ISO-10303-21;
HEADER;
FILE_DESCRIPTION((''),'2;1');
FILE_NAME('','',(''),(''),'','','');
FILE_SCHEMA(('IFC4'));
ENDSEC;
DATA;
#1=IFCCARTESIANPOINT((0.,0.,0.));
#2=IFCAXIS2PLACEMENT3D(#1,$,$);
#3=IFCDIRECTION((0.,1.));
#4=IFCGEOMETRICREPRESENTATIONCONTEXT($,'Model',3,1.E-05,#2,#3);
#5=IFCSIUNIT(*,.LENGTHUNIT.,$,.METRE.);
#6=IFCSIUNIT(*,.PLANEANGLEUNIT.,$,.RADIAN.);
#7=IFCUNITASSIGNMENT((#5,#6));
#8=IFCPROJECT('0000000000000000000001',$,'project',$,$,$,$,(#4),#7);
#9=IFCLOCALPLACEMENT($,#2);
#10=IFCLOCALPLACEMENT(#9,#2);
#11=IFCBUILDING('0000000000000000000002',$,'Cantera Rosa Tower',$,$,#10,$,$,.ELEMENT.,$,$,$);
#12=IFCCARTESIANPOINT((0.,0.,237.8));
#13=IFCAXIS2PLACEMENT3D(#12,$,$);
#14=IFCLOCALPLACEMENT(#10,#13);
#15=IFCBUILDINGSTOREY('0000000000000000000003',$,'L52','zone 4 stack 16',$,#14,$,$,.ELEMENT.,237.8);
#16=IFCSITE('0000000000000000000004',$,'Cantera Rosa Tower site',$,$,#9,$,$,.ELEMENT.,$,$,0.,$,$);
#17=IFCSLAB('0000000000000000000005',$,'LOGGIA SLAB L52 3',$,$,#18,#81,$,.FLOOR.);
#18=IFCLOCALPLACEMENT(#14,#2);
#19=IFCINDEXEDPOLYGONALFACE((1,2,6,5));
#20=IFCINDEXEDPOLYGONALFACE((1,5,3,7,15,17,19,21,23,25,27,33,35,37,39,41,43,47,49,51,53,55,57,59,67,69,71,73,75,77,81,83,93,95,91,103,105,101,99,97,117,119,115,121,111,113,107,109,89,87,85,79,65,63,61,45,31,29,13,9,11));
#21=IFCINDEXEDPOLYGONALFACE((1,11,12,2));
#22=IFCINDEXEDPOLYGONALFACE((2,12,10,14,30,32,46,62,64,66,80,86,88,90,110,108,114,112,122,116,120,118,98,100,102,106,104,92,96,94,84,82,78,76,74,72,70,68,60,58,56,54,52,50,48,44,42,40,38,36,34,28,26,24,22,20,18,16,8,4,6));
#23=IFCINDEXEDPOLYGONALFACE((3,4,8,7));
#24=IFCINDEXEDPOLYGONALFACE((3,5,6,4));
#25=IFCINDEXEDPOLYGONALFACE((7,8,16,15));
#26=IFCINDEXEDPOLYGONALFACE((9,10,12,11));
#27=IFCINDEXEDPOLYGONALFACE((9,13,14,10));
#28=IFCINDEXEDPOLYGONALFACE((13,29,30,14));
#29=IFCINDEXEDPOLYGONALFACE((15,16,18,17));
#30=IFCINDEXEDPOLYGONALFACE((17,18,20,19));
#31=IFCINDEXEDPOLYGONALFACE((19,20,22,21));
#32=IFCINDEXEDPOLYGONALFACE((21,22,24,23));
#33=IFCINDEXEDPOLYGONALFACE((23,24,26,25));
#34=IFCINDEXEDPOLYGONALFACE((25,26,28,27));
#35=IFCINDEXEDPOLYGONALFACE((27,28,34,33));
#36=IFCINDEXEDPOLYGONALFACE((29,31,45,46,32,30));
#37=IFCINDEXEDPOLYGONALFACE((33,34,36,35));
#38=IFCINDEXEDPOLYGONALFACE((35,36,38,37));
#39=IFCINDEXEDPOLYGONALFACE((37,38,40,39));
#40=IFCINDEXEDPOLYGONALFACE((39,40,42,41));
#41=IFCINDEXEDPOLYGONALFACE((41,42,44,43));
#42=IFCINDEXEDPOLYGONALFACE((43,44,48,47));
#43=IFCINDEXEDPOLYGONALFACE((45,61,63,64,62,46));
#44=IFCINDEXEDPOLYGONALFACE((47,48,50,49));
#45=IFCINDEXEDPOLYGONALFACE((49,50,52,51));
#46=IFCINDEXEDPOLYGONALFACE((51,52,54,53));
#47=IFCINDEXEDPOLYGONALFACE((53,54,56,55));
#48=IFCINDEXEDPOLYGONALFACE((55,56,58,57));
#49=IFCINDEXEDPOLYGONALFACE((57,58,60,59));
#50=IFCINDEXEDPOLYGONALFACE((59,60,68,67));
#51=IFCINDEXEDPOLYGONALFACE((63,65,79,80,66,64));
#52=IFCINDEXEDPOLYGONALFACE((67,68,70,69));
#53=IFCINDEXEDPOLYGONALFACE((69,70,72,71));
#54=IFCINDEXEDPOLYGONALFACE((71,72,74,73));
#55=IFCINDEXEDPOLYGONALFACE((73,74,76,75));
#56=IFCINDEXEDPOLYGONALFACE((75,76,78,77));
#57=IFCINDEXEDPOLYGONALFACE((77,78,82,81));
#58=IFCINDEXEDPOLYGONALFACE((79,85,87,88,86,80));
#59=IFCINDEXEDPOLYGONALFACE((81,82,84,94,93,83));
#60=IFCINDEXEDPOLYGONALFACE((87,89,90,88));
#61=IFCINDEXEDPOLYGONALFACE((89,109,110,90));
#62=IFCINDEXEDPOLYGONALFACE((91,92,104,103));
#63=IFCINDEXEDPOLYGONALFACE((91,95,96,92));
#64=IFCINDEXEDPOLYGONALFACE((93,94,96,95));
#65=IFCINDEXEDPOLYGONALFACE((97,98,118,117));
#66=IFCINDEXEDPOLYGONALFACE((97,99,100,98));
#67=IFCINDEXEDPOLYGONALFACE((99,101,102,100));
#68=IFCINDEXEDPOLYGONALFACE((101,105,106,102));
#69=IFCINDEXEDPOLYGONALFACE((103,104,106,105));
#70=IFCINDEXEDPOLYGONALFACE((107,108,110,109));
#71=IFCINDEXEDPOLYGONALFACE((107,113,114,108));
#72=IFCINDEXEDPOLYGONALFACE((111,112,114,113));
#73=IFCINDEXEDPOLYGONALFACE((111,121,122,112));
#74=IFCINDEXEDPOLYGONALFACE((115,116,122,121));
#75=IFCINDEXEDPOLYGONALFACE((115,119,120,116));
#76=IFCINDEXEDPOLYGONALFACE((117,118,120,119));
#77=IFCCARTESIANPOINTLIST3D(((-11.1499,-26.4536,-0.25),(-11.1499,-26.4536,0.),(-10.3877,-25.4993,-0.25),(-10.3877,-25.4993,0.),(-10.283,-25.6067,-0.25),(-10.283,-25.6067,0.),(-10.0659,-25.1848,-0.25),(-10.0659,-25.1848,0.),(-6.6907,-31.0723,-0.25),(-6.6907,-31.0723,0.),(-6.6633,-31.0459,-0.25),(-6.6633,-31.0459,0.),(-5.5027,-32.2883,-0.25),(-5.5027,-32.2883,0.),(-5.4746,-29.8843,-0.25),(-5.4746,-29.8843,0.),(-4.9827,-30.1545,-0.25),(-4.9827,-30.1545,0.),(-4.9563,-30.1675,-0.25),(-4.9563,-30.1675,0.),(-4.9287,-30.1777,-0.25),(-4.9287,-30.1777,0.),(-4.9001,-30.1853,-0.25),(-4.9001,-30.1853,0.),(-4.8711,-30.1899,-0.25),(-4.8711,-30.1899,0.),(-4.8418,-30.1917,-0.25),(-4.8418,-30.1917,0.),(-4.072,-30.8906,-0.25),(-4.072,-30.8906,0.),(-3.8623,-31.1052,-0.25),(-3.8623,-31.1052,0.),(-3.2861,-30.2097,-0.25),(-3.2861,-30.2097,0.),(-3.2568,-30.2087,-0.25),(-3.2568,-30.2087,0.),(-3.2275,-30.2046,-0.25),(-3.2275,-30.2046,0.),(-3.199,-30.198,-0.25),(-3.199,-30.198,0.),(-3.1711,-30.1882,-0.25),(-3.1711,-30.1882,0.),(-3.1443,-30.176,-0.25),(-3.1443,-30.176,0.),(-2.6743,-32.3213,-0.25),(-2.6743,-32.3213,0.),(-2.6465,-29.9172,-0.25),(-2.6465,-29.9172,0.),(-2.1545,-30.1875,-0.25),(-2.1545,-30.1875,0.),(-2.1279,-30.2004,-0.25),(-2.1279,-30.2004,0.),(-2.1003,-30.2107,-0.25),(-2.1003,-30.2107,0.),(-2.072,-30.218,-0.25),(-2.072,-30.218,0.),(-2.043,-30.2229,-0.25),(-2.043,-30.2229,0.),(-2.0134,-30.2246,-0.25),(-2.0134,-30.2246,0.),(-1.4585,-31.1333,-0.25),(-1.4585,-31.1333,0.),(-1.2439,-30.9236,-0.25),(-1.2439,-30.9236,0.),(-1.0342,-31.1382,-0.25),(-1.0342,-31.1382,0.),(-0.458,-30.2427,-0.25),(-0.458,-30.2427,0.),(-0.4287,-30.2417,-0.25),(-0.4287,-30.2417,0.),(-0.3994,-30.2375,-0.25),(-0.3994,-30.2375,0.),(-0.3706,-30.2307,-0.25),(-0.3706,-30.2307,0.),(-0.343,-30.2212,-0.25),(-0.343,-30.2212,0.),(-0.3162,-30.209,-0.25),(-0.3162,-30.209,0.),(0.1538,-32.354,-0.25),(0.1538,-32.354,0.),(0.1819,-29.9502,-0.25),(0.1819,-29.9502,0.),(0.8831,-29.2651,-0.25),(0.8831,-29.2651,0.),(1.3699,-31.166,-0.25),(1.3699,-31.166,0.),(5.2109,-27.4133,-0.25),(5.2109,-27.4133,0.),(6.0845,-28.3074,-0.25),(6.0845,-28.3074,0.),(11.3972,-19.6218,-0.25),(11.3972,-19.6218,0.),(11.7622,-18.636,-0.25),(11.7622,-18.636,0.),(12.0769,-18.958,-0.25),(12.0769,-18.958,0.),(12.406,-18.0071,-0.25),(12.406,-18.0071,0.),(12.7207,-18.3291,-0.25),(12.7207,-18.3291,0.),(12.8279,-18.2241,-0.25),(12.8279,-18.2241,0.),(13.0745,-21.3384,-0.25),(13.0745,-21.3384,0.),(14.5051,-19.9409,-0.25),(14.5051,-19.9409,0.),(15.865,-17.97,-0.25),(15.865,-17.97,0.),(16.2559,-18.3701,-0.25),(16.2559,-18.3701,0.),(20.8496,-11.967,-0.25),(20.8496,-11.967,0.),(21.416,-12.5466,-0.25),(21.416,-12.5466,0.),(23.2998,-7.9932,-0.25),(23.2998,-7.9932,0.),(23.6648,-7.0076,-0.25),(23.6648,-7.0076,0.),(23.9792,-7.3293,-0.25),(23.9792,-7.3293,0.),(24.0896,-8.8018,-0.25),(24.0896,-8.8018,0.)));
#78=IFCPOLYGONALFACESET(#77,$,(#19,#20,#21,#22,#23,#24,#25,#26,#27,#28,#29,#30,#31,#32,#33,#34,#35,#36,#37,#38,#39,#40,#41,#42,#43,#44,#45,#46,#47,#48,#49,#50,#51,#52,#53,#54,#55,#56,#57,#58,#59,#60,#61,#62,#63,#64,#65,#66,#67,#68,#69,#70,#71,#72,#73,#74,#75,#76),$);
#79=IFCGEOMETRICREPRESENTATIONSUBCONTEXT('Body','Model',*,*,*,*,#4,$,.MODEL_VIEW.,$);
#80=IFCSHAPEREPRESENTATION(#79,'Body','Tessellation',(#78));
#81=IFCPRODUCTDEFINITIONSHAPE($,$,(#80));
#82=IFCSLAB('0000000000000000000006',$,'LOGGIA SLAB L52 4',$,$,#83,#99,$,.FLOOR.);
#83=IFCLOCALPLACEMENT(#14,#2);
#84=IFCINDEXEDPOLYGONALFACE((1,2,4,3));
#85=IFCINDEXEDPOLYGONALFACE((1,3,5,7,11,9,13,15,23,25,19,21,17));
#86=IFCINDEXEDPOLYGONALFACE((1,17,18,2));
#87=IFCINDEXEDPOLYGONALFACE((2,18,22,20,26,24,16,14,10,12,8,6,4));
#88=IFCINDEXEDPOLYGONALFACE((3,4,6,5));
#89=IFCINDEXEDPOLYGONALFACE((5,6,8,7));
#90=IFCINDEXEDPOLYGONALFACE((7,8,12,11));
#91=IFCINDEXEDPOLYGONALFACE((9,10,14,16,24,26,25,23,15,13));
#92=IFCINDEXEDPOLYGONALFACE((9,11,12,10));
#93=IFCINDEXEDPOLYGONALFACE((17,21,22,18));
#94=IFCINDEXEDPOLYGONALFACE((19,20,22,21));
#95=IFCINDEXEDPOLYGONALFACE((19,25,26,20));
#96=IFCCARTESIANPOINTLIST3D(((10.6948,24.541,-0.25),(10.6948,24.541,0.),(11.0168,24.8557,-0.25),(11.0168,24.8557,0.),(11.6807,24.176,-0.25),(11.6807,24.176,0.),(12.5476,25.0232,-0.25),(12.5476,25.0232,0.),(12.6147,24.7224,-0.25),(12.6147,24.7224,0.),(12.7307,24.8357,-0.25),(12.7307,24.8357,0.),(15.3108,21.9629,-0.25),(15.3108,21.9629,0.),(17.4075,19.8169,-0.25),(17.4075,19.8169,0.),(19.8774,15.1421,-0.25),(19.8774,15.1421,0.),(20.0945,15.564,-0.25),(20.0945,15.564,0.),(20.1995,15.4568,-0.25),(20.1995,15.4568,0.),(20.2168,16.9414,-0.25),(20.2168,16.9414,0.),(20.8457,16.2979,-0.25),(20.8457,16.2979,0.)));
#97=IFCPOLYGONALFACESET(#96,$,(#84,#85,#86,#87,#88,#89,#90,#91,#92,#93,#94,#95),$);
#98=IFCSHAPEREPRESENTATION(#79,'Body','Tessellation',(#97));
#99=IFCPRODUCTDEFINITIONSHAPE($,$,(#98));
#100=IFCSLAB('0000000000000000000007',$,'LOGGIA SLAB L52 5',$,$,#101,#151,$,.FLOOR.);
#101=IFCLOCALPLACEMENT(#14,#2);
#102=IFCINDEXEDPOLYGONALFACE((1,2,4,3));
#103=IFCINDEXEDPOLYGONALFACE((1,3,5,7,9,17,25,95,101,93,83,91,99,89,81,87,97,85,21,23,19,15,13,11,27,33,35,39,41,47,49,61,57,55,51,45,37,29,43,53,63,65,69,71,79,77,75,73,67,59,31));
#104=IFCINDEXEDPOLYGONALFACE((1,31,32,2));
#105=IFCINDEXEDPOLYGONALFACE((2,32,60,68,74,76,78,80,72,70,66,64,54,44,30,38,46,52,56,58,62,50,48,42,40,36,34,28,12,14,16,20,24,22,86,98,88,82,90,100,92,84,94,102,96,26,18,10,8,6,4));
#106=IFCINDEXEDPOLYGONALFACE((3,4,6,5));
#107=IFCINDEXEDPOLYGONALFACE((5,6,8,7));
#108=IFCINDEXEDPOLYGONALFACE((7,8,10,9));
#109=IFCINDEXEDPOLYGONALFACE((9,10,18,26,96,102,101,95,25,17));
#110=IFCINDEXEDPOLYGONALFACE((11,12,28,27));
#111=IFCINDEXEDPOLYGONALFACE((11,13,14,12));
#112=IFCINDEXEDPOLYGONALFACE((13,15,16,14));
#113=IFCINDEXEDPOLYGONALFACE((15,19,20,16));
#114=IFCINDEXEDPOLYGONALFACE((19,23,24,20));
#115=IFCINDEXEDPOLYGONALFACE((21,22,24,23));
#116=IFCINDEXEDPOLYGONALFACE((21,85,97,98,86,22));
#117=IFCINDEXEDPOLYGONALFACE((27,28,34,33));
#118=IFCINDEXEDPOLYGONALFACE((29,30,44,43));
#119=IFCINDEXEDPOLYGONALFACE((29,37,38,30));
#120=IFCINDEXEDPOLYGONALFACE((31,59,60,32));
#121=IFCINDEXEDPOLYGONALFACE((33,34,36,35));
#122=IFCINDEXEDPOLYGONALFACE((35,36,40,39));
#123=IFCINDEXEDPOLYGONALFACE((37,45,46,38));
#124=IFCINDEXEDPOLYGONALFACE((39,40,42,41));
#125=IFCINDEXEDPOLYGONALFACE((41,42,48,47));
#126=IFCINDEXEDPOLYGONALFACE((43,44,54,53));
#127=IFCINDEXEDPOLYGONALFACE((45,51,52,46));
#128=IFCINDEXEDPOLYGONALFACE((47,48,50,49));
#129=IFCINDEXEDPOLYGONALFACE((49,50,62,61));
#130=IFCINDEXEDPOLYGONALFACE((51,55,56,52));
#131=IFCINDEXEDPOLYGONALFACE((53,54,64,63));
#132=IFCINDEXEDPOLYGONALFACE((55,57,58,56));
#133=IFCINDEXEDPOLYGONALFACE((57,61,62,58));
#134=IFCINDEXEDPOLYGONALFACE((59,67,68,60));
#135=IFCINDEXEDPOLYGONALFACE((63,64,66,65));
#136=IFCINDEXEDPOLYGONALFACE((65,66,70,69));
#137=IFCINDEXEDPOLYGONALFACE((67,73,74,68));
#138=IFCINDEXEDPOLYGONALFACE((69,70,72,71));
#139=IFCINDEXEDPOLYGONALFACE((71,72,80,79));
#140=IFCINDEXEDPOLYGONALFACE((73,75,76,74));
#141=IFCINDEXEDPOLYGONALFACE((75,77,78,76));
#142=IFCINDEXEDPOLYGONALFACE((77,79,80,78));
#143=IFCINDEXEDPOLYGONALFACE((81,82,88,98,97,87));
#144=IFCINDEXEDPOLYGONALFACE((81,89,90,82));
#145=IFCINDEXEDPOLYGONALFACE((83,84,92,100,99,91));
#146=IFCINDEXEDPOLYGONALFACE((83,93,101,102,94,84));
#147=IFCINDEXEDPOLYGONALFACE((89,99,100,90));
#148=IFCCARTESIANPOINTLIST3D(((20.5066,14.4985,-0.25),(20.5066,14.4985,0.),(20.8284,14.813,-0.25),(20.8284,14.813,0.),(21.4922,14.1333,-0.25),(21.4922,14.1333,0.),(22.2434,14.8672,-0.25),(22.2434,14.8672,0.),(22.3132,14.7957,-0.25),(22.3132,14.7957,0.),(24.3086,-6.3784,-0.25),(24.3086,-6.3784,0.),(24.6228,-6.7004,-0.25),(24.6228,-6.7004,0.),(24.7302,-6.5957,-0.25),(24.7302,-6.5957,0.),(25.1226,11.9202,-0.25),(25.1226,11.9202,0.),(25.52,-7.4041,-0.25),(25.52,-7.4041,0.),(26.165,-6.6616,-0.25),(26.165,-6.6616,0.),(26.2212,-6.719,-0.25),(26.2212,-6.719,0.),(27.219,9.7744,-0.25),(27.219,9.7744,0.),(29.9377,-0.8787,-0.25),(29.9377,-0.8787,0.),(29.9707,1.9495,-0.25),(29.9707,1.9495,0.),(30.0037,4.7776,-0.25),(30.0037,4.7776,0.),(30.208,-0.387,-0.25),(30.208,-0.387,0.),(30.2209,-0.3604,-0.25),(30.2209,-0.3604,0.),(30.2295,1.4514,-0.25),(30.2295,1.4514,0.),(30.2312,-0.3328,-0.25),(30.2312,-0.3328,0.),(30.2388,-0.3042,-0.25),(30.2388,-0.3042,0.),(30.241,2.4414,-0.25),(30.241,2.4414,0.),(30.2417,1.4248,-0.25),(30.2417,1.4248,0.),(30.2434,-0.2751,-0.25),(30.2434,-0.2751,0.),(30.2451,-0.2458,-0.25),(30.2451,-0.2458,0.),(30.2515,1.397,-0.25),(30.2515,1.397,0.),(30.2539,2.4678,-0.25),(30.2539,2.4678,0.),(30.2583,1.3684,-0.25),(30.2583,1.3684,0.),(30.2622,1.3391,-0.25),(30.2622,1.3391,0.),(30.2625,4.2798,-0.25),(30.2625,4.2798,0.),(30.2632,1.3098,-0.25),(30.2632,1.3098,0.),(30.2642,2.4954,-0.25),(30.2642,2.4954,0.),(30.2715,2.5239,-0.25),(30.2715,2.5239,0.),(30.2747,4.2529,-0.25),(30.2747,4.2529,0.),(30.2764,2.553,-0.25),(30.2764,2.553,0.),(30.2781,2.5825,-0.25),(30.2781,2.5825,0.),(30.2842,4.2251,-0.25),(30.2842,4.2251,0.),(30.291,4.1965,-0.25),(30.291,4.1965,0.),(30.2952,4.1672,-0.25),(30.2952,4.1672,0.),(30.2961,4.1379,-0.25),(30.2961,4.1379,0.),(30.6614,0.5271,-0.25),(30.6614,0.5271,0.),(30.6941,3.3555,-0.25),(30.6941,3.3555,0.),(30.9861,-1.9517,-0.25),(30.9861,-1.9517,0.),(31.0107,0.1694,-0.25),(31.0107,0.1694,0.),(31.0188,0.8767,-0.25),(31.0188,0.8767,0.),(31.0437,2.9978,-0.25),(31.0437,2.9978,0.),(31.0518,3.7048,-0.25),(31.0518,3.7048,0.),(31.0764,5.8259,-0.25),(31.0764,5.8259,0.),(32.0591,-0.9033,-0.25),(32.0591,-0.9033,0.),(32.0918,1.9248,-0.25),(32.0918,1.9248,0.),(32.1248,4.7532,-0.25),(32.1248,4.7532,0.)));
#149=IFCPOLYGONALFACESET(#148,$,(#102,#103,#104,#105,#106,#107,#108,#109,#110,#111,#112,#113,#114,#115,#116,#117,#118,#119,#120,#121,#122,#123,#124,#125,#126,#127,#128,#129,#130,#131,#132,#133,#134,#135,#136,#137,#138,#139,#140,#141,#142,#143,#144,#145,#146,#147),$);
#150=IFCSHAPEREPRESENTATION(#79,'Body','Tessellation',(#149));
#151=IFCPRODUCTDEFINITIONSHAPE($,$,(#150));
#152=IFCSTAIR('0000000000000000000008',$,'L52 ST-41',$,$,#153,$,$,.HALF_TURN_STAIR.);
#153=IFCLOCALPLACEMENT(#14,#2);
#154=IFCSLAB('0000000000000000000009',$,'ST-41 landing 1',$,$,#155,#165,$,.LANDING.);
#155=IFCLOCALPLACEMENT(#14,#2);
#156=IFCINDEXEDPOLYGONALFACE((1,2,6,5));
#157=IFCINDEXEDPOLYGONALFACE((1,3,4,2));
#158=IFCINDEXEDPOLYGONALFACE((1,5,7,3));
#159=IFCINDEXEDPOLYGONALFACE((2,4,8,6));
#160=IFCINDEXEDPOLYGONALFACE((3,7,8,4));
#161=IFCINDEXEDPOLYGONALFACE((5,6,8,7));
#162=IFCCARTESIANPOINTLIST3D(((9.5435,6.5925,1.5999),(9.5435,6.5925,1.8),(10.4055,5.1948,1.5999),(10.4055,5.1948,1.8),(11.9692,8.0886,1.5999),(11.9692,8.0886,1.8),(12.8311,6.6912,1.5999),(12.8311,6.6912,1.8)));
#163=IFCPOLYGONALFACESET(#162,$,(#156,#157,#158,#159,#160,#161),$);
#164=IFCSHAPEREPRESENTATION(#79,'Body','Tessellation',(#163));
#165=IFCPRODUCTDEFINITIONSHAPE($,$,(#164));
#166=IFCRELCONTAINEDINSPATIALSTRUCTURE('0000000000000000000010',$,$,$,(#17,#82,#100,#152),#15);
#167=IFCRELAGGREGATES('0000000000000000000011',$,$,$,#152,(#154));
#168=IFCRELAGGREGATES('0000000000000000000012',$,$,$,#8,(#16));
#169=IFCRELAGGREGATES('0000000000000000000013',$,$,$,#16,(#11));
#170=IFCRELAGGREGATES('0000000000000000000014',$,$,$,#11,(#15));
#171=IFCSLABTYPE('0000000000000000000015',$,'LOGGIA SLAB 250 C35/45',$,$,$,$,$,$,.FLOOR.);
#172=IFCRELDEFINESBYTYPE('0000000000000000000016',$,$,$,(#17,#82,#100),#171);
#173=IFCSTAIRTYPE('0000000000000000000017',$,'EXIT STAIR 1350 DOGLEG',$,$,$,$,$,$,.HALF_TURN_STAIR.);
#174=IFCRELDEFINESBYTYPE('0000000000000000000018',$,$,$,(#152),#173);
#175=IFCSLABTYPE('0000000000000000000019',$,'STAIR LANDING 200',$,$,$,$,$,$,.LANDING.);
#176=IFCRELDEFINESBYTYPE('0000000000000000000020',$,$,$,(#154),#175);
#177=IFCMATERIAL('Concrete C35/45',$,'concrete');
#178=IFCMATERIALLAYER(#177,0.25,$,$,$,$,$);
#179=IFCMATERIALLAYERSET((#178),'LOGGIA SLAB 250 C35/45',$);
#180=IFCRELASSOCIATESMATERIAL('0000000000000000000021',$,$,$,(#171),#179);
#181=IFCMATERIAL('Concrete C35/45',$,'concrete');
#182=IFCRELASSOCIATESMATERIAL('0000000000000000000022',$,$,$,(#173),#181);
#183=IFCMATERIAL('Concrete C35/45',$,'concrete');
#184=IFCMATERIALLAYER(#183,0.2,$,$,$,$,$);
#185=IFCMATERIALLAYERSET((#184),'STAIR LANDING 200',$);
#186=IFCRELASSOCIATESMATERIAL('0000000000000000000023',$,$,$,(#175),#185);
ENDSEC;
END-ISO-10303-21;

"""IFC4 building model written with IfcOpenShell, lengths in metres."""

from ifc_helpers import new_model, si_unit, direction, frame, origin, place, context, subcontext, project, spatial, polyline, outline, extrude, material, layer, layer_set, type_object, element, aggregate, save


model = new_model("IFC4")

# Units and contexts
model_context = context("Model", 3, precision=1e-05, world=origin(), true_north=direction((0.0, 1.0)))
body_context = subcontext(model_context, "Body", "Model", "MODEL_VIEW")
ifc_project = project(units=[si_unit("LENGTHUNIT", "METRE"), si_unit("PLANEANGLEUNIT", "RADIAN")], contexts=[model_context])

# Site, building, storey
site_placement = place(None, origin())
site = spatial("IfcSite", under=ifc_project, at=site_placement, Name="Cantera Rosa Tower site", CompositionType="ELEMENT", RefElevation=0.0)
building_placement = place(site_placement, origin())
building = spatial("IfcBuilding", under=site, at=building_placement, Name="Cantera Rosa Tower", CompositionType="ELEMENT")
storey_placement = place(building_placement, frame((0.0, 0.0, 237.8)))
storey = spatial("IfcBuildingStorey", under=building, at=storey_placement, Name="L52", Description="zone 4 stack 16", CompositionType="ELEMENT", Elevation=237.8)

# Slabs
ifc_material_1 = material(Name="Concrete C35/45", Category="concrete")
ifc_layer_1 = layer(ifc_material_1, 0.25)
ifc_layer_set_1 = layer_set([ifc_layer_1], Name="LOGGIA SLAB 250 C35/45")
slab_type_1 = type_object("IfcSlabType", Name="LOGGIA SLAB 250 C35/45", PredefinedType="FLOOR", material=ifc_layer_set_1)
slab_1_placement = place(storey_placement, frame((0.0, 0.0, -0.25)))
element("IfcSlab", 1, at=slab_1_placement, inside=storey, type_object=slab_type_1, Name="LOGGIA SLAB L52 3", PredefinedType="FLOOR", context=body_context, shape_type="SweptSolid", body=[
    extrude(outline(polyline([(-1.0342, -31.1382), (-1.2439, -30.9236), (-1.4585, -31.1333), (-2.6743, -32.3213), (-3.8623, -31.1052), (-4.072, -30.8906), (-5.5027, -32.2883), (-6.6907, -31.0723), (-6.6633, -31.0459), (-11.1499, -26.4536), (-10.283, -25.6067), (-10.3877, -25.4993), (-10.0659, -25.1848), (-5.4746, -29.8843), (-4.9827, -30.1545), (-4.9563, -30.1675), (-4.9287, -30.1777), (-4.9001, -30.1853), (-4.8711, -30.1899), (-4.8418, -30.1917), (-3.2861, -30.2097), (-3.2568, -30.2087), (-3.2275, -30.2046), (-3.199, -30.198), (-3.1711, -30.1882), (-3.1443, -30.176), (-2.6465, -29.9172), (-2.1545, -30.1875), (-2.1279, -30.2004), (-2.1003, -30.2107), (-2.072, -30.218), (-2.043, -30.2229), (-2.0134, -30.2246), (-0.458, -30.2427), (-0.4287, -30.2417), (-0.3994, -30.2375), (-0.3706, -30.2307), (-0.343, -30.2212), (-0.3162, -30.209), (0.1819, -29.9502), (0.8831, -29.2651), (11.7622, -18.636), (12.0769, -18.958), (11.3972, -19.6218), (13.0745, -21.3384), (14.5051, -19.9409), (12.8279, -18.2241), (12.7207, -18.3291), (12.406, -18.0071), (23.6648, -7.0076), (23.9792, -7.3293), (23.2998, -7.9932), (24.0896, -8.8018), (20.8496, -11.967), (21.416, -12.5466), (15.865, -17.97), (16.2559, -18.3701), (6.0845, -28.3074), (5.2109, -27.4133), (1.3699, -31.166), (0.1538, -32.354), (-1.0342, -31.1382)])), origin(), (0.0, 0.0, 1.0), 0.25),
])
slab_2_placement = place(storey_placement, frame((0.0, 0.0, -0.25)))
element("IfcSlab", 2, at=slab_2_placement, inside=storey, type_object=slab_type_1, Name="LOGGIA SLAB L52 4", PredefinedType="FLOOR", context=body_context, shape_type="SweptSolid", body=[
    extrude(outline(polyline([(20.8457, 16.2979), (20.0945, 15.564), (20.1995, 15.4568), (19.8774, 15.1421), (10.6948, 24.541), (11.0168, 24.8557), (11.6807, 24.176), (12.5476, 25.0232), (12.7307, 24.8357), (12.6147, 24.7224), (15.3108, 21.9629), (17.4075, 19.8169), (20.2168, 16.9414), (20.8457, 16.2979)])), origin(), (0.0, 0.0, 1.0), 0.25),
])
slab_3_placement = place(storey_placement, frame((0.0, 0.0, -0.25)))
element("IfcSlab", 3, at=slab_3_placement, inside=storey, type_object=slab_type_1, Name="LOGGIA SLAB L52 5", PredefinedType="FLOOR", context=body_context, shape_type="SweptSolid", body=[
    extrude(outline(polyline([(32.1248, 4.7532), (31.0518, 3.7048), (30.6941, 3.3555), (31.0437, 2.9978), (32.0918, 1.9248), (31.0188, 0.8767), (30.6614, 0.5271), (31.0107, 0.1694), (32.0591, -0.9033), (30.9861, -1.9517), (26.165, -6.6616), (26.2212, -6.719), (25.52, -7.4041), (24.7302, -6.5957), (24.6228, -6.7004), (24.3086, -6.3784), (29.9377, -0.8787), (30.208, -0.387), (30.2209, -0.3604), (30.2312, -0.3328), (30.2388, -0.3042), (30.2434, -0.2751), (30.2451, -0.2458), (30.2632, 1.3098), (30.2622, 1.3391), (30.2583, 1.3684), (30.2515, 1.397), (30.2417, 1.4248), (30.2295, 1.4514), (29.9707, 1.9495), (30.241, 2.4414), (30.2539, 2.4678), (30.2642, 2.4954), (30.2715, 2.5239), (30.2764, 2.553), (30.2781, 2.5825), (30.2961, 4.1379), (30.2952, 4.1672), (30.291, 4.1965), (30.2842, 4.2251), (30.2747, 4.2529), (30.2625, 4.2798), (30.0037, 4.7776), (20.5066, 14.4985), (20.8284, 14.813), (21.4922, 14.1333), (22.2434, 14.8672), (22.3132, 14.7957), (25.1226, 11.9202), (27.219, 9.7744), (31.0764, 5.8259), (32.1248, 4.7532)])), origin(), (0.0, 0.0, 1.0), 0.25),
])

# Stair, slab
ifc_material_2 = material(Name="Concrete C35/45", Category="concrete")
stair_type = type_object("IfcStairType", Name="EXIT STAIR 1350 DOGLEG", PredefinedType="HALF_TURN_STAIR", material=ifc_material_2)
stair_placement = place(storey_placement, origin())
stair = element("IfcStair", 4, at=stair_placement, inside=storey, type_object=stair_type, Name="L52 ST-41", PredefinedType="HALF_TURN_STAIR")
ifc_material_3 = material(Name="Concrete C35/45", Category="concrete")
ifc_layer_2 = layer(ifc_material_3, 0.2)
ifc_layer_set_2 = layer_set([ifc_layer_2], Name="STAIR LANDING 200")
slab_type_2 = type_object("IfcSlabType", Name="STAIR LANDING 200", PredefinedType="LANDING", material=ifc_layer_set_2)
slab_4_placement = place(storey_placement, frame((0.0, 0.0, 1.5999)))
slab_4 = element("IfcSlab", 5, at=slab_4_placement, type_object=slab_type_2, Name="ST-41 landing 1", PredefinedType="LANDING", context=body_context, shape_type="SweptSolid", body=[
    extrude(outline(polyline([(12.8311, 6.6912), (11.9692, 8.0886), (9.5435, 6.5925), (10.4055, 5.1948), (12.8311, 6.6912)])), origin(), (0.0, 0.0, 1.0), 0.2002),
])
aggregate(stair, [slab_4])

save(model, "model.ifc")
